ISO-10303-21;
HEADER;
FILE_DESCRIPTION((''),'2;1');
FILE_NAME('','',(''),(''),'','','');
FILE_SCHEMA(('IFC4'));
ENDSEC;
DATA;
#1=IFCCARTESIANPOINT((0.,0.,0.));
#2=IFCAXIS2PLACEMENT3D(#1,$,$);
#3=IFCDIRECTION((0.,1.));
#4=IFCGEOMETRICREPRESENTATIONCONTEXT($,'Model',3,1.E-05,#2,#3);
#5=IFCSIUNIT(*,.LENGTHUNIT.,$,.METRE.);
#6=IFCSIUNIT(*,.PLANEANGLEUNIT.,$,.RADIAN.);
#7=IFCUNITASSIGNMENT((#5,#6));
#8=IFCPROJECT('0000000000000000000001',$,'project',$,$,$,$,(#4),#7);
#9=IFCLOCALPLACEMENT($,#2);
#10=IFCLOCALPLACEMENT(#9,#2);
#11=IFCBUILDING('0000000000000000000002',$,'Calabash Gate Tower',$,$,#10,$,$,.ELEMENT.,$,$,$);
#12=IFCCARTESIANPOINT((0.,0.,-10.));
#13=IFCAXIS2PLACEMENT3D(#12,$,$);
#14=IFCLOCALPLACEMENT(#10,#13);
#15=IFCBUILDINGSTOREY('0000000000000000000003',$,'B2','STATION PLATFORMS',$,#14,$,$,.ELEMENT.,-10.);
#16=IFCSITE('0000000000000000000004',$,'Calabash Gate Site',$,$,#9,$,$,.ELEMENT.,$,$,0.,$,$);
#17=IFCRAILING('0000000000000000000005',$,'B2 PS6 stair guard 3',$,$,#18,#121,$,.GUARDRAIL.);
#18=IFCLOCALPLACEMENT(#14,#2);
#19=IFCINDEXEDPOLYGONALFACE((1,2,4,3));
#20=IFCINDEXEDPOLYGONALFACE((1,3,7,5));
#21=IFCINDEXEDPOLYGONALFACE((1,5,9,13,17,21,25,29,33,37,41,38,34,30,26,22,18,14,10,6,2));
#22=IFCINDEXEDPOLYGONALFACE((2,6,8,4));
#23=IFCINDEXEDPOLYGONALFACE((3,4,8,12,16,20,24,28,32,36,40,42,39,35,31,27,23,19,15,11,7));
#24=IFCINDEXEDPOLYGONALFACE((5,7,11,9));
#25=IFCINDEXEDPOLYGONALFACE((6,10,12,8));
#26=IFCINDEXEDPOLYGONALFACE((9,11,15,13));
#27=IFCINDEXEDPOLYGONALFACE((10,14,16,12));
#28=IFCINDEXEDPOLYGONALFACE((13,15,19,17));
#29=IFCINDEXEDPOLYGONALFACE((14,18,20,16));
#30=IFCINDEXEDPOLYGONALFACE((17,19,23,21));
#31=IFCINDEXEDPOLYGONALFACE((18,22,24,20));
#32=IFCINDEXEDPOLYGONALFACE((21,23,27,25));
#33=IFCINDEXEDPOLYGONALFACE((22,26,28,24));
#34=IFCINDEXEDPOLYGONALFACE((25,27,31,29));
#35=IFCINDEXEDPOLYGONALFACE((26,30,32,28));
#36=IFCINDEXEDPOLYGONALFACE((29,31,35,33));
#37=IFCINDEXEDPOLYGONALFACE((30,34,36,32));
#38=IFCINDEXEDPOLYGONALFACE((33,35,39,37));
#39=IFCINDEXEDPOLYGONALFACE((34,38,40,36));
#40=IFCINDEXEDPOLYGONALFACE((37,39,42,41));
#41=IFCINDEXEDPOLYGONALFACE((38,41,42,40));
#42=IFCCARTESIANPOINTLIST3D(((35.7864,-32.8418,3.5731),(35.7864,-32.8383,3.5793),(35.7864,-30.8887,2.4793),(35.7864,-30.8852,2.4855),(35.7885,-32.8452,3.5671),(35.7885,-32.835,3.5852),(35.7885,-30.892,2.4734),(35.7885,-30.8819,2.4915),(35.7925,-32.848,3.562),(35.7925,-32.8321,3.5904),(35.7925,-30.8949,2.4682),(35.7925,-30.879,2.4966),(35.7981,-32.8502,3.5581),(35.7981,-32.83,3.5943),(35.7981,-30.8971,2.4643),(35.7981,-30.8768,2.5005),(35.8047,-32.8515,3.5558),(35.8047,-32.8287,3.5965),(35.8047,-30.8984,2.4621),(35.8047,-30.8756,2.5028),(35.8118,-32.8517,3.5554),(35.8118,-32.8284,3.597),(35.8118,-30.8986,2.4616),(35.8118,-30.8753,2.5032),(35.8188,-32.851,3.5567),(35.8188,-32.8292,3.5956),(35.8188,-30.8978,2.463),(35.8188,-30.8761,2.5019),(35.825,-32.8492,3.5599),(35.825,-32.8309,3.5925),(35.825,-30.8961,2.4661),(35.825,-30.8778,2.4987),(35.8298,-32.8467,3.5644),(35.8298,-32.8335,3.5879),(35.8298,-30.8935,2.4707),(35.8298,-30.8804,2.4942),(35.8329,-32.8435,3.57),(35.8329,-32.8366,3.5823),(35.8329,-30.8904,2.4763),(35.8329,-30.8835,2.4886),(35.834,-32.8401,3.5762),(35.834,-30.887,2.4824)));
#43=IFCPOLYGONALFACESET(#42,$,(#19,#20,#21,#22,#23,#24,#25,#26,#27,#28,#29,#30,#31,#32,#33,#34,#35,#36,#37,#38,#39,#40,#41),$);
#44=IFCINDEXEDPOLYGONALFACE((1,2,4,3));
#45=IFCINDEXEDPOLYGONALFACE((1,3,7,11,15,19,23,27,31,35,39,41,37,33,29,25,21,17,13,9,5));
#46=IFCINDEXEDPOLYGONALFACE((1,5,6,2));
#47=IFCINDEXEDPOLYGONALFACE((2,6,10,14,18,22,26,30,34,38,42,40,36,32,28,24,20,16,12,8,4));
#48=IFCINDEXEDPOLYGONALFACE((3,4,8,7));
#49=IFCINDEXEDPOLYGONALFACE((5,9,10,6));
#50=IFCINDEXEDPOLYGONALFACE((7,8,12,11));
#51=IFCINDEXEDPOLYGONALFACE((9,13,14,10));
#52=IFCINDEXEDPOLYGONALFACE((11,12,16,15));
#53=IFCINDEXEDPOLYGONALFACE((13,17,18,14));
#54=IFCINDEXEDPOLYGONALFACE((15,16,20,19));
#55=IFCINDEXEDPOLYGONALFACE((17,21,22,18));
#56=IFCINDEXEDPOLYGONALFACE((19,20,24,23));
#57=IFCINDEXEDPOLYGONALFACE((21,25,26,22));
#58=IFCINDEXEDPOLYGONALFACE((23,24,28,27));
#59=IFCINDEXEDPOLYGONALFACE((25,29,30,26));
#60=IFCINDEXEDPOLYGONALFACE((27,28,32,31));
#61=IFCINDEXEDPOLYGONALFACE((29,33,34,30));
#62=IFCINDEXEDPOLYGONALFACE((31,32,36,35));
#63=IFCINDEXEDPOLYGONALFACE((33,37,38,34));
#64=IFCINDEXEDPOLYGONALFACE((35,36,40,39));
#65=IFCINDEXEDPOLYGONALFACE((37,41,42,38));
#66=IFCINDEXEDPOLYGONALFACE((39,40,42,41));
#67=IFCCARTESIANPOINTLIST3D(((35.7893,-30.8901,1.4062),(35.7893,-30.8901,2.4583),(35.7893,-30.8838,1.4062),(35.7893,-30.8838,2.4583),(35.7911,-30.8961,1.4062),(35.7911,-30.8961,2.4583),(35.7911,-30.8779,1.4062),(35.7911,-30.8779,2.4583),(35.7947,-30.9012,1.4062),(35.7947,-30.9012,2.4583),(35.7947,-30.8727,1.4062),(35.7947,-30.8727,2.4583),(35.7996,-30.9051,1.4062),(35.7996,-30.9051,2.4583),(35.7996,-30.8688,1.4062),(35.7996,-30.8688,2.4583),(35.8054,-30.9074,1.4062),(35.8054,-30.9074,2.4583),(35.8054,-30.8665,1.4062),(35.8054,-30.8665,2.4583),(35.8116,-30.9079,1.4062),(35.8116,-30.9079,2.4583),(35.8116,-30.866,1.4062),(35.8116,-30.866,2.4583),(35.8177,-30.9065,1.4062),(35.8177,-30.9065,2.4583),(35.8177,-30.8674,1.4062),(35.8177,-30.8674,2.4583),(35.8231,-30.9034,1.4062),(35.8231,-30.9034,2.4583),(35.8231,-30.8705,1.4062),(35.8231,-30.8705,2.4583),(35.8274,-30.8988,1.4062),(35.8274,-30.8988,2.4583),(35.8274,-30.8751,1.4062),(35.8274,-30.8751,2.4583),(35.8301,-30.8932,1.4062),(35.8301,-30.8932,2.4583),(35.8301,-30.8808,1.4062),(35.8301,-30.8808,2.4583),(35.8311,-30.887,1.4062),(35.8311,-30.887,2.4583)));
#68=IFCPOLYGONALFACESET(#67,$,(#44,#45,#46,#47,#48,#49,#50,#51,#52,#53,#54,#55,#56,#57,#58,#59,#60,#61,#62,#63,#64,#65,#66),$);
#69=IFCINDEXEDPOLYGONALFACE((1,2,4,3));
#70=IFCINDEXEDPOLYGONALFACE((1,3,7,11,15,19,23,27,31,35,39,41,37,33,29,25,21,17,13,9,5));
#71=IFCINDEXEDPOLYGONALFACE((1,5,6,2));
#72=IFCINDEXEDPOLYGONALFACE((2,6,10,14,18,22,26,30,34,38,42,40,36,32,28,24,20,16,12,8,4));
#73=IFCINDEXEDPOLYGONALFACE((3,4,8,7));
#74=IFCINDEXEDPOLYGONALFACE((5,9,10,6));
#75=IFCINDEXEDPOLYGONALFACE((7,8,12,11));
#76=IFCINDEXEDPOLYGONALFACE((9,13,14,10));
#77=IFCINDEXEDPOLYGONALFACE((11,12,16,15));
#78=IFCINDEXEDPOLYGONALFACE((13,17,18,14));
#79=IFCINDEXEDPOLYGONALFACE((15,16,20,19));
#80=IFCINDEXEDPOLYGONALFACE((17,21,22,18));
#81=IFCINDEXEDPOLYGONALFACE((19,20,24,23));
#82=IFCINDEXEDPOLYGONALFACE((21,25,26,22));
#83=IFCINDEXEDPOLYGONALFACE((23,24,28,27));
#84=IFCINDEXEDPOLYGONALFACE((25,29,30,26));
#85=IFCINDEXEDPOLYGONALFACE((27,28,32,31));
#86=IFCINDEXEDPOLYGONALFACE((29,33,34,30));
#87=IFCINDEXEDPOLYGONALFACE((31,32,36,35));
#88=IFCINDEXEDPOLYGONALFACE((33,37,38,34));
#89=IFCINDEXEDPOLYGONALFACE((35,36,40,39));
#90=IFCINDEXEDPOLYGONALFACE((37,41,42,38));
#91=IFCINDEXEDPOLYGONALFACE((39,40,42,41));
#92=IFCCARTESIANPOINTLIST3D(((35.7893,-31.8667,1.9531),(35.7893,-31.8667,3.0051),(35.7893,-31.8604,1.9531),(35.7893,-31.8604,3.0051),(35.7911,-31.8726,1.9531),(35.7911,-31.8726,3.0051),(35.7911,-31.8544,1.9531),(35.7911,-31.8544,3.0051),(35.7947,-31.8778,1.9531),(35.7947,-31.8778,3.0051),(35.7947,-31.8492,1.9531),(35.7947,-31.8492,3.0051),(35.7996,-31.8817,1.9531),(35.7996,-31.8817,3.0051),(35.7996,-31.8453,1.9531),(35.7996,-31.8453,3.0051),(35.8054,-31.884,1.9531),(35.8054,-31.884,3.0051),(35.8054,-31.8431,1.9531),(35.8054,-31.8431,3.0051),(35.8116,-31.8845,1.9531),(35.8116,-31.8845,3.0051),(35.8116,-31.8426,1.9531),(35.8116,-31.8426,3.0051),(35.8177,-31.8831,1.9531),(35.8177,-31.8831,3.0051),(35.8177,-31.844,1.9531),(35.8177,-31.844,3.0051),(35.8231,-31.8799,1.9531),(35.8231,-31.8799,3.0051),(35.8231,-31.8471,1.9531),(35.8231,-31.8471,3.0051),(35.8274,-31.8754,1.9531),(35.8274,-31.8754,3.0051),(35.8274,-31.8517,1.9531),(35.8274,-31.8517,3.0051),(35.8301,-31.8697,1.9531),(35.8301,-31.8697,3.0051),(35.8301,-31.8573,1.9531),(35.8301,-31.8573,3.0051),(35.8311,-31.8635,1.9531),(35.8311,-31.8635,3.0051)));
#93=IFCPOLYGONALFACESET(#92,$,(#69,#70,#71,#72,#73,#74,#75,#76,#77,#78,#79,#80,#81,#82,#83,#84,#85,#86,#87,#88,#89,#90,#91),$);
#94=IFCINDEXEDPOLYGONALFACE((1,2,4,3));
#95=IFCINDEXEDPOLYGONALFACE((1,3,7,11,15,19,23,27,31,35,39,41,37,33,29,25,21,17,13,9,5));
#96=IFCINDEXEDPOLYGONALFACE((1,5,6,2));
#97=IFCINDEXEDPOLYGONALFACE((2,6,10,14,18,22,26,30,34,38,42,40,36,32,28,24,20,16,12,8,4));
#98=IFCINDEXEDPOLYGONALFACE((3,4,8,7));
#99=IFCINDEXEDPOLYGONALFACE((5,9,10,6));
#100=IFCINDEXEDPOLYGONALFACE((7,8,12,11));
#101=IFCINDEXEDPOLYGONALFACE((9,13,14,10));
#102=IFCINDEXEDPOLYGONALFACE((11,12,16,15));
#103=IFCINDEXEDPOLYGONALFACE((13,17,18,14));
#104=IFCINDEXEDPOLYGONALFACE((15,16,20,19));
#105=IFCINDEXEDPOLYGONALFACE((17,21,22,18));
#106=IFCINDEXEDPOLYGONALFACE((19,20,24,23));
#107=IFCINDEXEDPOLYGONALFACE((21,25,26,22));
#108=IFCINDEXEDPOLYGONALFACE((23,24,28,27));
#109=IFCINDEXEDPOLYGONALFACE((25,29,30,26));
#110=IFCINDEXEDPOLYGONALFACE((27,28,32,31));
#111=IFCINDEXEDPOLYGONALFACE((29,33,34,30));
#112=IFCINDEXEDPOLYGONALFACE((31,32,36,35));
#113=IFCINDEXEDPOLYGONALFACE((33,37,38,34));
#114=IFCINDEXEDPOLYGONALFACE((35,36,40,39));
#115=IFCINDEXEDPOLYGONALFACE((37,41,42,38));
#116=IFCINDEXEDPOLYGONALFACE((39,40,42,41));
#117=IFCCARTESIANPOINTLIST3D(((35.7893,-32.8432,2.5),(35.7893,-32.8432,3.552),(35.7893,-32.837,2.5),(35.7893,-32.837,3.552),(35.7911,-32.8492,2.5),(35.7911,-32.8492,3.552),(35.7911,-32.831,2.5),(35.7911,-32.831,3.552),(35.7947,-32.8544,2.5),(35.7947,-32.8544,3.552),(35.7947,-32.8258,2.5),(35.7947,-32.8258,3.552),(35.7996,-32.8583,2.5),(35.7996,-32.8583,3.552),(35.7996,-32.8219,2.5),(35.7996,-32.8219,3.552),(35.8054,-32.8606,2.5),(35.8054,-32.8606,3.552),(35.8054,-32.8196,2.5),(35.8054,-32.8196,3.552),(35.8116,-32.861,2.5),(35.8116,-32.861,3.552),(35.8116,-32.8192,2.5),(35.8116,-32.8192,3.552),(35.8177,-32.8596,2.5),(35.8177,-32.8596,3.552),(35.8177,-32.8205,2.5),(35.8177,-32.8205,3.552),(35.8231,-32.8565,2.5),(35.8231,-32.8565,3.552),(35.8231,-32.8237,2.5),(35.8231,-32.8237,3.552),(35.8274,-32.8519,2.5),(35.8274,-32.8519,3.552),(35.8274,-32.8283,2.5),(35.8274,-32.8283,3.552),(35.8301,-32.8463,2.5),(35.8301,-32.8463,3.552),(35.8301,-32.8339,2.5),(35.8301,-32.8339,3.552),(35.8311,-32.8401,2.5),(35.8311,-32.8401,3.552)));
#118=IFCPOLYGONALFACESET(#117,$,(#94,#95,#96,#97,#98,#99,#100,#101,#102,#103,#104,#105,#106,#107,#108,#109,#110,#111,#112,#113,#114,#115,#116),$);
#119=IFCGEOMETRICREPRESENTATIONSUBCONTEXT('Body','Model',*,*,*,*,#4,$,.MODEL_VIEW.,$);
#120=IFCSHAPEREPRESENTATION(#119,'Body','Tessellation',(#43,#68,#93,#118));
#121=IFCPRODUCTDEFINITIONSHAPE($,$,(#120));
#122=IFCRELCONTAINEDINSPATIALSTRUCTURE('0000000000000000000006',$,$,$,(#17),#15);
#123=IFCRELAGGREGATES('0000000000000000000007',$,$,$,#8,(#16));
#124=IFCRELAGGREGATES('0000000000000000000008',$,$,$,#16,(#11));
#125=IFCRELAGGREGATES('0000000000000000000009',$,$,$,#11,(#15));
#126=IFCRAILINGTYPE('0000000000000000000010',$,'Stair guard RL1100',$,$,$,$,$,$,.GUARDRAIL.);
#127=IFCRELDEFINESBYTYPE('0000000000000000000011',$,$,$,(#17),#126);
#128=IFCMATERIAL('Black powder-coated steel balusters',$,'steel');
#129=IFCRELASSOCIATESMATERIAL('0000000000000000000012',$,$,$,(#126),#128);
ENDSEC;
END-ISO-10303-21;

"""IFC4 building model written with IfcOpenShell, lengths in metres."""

from ifc_helpers import new_model, si_unit, direction, frame, origin, origin_2d, place, context, subcontext, project, spatial, circle, extrude, material, type_object, element, save


model = new_model("IFC4")

# Units and contexts
model_context = context("Model", 3, precision=1e-05, world=origin(), true_north=direction((0.0, 1.0)))
body_context = subcontext(model_context, "Body", "Model", "MODEL_VIEW")
ifc_project = project(units=[si_unit("LENGTHUNIT", "METRE"), si_unit("PLANEANGLEUNIT", "RADIAN")], contexts=[model_context])

# Site, building, storey
site_placement = place(None, origin())
site = spatial("IfcSite", under=ifc_project, at=site_placement, Name="Calabash Gate Site", CompositionType="ELEMENT", RefElevation=0.0)
building_placement = place(site_placement, origin())
building = spatial("IfcBuilding", under=site, at=building_placement, Name="Calabash Gate Tower", CompositionType="ELEMENT")
storey_placement = place(building_placement, frame((0.0, 0.0, -10.0)))
storey = spatial("IfcBuildingStorey", under=building, at=storey_placement, Name="B2", Description="STATION PLATFORMS", CompositionType="ELEMENT", Elevation=-10.0)

# Railing
ifc_material_1 = material(Name="Black powder-coated steel balusters", Category="steel")
railing_type_1 = type_object("IfcRailingType", Name="Stair guard RL1100", PredefinedType="GUARDRAIL", material=ifc_material_1)
railing_1_placement = place(storey_placement, frame((35.8101, -30.887, 1.4062)))
element("IfcRailing", 1, at=railing_1_placement, inside=storey, type_object=railing_type_1, Name="B2 PS6 stair guard 3", PredefinedType="GUARDRAIL", context=body_context, shape_type="SweptSolid", body=[
    extrude(circle(Radius=0.0239, at=origin_2d()), frame((0.0, 0.0, 1.0762), z_axis=(0.0, -0.872506, 0.488603), x_axis=(1.0, 0.0, 0.0)), (0.0, 0.0, 1.0), 2.2385),
    extrude(circle(Radius=0.021, at=origin_2d()), origin(), (0.0, 0.0, 1.0), 1.052),
    extrude(circle(Radius=0.021, at=origin_2d()), frame((0.0, -0.9766, 0.5469)), (0.0, 0.0, 1.0), 1.052),
    extrude(circle(Radius=0.021, at=origin_2d()), frame((0.0, -1.9531, 1.0938)), (0.0, 0.0, 1.0), 1.052),
])

save(model, "model.ifc")
